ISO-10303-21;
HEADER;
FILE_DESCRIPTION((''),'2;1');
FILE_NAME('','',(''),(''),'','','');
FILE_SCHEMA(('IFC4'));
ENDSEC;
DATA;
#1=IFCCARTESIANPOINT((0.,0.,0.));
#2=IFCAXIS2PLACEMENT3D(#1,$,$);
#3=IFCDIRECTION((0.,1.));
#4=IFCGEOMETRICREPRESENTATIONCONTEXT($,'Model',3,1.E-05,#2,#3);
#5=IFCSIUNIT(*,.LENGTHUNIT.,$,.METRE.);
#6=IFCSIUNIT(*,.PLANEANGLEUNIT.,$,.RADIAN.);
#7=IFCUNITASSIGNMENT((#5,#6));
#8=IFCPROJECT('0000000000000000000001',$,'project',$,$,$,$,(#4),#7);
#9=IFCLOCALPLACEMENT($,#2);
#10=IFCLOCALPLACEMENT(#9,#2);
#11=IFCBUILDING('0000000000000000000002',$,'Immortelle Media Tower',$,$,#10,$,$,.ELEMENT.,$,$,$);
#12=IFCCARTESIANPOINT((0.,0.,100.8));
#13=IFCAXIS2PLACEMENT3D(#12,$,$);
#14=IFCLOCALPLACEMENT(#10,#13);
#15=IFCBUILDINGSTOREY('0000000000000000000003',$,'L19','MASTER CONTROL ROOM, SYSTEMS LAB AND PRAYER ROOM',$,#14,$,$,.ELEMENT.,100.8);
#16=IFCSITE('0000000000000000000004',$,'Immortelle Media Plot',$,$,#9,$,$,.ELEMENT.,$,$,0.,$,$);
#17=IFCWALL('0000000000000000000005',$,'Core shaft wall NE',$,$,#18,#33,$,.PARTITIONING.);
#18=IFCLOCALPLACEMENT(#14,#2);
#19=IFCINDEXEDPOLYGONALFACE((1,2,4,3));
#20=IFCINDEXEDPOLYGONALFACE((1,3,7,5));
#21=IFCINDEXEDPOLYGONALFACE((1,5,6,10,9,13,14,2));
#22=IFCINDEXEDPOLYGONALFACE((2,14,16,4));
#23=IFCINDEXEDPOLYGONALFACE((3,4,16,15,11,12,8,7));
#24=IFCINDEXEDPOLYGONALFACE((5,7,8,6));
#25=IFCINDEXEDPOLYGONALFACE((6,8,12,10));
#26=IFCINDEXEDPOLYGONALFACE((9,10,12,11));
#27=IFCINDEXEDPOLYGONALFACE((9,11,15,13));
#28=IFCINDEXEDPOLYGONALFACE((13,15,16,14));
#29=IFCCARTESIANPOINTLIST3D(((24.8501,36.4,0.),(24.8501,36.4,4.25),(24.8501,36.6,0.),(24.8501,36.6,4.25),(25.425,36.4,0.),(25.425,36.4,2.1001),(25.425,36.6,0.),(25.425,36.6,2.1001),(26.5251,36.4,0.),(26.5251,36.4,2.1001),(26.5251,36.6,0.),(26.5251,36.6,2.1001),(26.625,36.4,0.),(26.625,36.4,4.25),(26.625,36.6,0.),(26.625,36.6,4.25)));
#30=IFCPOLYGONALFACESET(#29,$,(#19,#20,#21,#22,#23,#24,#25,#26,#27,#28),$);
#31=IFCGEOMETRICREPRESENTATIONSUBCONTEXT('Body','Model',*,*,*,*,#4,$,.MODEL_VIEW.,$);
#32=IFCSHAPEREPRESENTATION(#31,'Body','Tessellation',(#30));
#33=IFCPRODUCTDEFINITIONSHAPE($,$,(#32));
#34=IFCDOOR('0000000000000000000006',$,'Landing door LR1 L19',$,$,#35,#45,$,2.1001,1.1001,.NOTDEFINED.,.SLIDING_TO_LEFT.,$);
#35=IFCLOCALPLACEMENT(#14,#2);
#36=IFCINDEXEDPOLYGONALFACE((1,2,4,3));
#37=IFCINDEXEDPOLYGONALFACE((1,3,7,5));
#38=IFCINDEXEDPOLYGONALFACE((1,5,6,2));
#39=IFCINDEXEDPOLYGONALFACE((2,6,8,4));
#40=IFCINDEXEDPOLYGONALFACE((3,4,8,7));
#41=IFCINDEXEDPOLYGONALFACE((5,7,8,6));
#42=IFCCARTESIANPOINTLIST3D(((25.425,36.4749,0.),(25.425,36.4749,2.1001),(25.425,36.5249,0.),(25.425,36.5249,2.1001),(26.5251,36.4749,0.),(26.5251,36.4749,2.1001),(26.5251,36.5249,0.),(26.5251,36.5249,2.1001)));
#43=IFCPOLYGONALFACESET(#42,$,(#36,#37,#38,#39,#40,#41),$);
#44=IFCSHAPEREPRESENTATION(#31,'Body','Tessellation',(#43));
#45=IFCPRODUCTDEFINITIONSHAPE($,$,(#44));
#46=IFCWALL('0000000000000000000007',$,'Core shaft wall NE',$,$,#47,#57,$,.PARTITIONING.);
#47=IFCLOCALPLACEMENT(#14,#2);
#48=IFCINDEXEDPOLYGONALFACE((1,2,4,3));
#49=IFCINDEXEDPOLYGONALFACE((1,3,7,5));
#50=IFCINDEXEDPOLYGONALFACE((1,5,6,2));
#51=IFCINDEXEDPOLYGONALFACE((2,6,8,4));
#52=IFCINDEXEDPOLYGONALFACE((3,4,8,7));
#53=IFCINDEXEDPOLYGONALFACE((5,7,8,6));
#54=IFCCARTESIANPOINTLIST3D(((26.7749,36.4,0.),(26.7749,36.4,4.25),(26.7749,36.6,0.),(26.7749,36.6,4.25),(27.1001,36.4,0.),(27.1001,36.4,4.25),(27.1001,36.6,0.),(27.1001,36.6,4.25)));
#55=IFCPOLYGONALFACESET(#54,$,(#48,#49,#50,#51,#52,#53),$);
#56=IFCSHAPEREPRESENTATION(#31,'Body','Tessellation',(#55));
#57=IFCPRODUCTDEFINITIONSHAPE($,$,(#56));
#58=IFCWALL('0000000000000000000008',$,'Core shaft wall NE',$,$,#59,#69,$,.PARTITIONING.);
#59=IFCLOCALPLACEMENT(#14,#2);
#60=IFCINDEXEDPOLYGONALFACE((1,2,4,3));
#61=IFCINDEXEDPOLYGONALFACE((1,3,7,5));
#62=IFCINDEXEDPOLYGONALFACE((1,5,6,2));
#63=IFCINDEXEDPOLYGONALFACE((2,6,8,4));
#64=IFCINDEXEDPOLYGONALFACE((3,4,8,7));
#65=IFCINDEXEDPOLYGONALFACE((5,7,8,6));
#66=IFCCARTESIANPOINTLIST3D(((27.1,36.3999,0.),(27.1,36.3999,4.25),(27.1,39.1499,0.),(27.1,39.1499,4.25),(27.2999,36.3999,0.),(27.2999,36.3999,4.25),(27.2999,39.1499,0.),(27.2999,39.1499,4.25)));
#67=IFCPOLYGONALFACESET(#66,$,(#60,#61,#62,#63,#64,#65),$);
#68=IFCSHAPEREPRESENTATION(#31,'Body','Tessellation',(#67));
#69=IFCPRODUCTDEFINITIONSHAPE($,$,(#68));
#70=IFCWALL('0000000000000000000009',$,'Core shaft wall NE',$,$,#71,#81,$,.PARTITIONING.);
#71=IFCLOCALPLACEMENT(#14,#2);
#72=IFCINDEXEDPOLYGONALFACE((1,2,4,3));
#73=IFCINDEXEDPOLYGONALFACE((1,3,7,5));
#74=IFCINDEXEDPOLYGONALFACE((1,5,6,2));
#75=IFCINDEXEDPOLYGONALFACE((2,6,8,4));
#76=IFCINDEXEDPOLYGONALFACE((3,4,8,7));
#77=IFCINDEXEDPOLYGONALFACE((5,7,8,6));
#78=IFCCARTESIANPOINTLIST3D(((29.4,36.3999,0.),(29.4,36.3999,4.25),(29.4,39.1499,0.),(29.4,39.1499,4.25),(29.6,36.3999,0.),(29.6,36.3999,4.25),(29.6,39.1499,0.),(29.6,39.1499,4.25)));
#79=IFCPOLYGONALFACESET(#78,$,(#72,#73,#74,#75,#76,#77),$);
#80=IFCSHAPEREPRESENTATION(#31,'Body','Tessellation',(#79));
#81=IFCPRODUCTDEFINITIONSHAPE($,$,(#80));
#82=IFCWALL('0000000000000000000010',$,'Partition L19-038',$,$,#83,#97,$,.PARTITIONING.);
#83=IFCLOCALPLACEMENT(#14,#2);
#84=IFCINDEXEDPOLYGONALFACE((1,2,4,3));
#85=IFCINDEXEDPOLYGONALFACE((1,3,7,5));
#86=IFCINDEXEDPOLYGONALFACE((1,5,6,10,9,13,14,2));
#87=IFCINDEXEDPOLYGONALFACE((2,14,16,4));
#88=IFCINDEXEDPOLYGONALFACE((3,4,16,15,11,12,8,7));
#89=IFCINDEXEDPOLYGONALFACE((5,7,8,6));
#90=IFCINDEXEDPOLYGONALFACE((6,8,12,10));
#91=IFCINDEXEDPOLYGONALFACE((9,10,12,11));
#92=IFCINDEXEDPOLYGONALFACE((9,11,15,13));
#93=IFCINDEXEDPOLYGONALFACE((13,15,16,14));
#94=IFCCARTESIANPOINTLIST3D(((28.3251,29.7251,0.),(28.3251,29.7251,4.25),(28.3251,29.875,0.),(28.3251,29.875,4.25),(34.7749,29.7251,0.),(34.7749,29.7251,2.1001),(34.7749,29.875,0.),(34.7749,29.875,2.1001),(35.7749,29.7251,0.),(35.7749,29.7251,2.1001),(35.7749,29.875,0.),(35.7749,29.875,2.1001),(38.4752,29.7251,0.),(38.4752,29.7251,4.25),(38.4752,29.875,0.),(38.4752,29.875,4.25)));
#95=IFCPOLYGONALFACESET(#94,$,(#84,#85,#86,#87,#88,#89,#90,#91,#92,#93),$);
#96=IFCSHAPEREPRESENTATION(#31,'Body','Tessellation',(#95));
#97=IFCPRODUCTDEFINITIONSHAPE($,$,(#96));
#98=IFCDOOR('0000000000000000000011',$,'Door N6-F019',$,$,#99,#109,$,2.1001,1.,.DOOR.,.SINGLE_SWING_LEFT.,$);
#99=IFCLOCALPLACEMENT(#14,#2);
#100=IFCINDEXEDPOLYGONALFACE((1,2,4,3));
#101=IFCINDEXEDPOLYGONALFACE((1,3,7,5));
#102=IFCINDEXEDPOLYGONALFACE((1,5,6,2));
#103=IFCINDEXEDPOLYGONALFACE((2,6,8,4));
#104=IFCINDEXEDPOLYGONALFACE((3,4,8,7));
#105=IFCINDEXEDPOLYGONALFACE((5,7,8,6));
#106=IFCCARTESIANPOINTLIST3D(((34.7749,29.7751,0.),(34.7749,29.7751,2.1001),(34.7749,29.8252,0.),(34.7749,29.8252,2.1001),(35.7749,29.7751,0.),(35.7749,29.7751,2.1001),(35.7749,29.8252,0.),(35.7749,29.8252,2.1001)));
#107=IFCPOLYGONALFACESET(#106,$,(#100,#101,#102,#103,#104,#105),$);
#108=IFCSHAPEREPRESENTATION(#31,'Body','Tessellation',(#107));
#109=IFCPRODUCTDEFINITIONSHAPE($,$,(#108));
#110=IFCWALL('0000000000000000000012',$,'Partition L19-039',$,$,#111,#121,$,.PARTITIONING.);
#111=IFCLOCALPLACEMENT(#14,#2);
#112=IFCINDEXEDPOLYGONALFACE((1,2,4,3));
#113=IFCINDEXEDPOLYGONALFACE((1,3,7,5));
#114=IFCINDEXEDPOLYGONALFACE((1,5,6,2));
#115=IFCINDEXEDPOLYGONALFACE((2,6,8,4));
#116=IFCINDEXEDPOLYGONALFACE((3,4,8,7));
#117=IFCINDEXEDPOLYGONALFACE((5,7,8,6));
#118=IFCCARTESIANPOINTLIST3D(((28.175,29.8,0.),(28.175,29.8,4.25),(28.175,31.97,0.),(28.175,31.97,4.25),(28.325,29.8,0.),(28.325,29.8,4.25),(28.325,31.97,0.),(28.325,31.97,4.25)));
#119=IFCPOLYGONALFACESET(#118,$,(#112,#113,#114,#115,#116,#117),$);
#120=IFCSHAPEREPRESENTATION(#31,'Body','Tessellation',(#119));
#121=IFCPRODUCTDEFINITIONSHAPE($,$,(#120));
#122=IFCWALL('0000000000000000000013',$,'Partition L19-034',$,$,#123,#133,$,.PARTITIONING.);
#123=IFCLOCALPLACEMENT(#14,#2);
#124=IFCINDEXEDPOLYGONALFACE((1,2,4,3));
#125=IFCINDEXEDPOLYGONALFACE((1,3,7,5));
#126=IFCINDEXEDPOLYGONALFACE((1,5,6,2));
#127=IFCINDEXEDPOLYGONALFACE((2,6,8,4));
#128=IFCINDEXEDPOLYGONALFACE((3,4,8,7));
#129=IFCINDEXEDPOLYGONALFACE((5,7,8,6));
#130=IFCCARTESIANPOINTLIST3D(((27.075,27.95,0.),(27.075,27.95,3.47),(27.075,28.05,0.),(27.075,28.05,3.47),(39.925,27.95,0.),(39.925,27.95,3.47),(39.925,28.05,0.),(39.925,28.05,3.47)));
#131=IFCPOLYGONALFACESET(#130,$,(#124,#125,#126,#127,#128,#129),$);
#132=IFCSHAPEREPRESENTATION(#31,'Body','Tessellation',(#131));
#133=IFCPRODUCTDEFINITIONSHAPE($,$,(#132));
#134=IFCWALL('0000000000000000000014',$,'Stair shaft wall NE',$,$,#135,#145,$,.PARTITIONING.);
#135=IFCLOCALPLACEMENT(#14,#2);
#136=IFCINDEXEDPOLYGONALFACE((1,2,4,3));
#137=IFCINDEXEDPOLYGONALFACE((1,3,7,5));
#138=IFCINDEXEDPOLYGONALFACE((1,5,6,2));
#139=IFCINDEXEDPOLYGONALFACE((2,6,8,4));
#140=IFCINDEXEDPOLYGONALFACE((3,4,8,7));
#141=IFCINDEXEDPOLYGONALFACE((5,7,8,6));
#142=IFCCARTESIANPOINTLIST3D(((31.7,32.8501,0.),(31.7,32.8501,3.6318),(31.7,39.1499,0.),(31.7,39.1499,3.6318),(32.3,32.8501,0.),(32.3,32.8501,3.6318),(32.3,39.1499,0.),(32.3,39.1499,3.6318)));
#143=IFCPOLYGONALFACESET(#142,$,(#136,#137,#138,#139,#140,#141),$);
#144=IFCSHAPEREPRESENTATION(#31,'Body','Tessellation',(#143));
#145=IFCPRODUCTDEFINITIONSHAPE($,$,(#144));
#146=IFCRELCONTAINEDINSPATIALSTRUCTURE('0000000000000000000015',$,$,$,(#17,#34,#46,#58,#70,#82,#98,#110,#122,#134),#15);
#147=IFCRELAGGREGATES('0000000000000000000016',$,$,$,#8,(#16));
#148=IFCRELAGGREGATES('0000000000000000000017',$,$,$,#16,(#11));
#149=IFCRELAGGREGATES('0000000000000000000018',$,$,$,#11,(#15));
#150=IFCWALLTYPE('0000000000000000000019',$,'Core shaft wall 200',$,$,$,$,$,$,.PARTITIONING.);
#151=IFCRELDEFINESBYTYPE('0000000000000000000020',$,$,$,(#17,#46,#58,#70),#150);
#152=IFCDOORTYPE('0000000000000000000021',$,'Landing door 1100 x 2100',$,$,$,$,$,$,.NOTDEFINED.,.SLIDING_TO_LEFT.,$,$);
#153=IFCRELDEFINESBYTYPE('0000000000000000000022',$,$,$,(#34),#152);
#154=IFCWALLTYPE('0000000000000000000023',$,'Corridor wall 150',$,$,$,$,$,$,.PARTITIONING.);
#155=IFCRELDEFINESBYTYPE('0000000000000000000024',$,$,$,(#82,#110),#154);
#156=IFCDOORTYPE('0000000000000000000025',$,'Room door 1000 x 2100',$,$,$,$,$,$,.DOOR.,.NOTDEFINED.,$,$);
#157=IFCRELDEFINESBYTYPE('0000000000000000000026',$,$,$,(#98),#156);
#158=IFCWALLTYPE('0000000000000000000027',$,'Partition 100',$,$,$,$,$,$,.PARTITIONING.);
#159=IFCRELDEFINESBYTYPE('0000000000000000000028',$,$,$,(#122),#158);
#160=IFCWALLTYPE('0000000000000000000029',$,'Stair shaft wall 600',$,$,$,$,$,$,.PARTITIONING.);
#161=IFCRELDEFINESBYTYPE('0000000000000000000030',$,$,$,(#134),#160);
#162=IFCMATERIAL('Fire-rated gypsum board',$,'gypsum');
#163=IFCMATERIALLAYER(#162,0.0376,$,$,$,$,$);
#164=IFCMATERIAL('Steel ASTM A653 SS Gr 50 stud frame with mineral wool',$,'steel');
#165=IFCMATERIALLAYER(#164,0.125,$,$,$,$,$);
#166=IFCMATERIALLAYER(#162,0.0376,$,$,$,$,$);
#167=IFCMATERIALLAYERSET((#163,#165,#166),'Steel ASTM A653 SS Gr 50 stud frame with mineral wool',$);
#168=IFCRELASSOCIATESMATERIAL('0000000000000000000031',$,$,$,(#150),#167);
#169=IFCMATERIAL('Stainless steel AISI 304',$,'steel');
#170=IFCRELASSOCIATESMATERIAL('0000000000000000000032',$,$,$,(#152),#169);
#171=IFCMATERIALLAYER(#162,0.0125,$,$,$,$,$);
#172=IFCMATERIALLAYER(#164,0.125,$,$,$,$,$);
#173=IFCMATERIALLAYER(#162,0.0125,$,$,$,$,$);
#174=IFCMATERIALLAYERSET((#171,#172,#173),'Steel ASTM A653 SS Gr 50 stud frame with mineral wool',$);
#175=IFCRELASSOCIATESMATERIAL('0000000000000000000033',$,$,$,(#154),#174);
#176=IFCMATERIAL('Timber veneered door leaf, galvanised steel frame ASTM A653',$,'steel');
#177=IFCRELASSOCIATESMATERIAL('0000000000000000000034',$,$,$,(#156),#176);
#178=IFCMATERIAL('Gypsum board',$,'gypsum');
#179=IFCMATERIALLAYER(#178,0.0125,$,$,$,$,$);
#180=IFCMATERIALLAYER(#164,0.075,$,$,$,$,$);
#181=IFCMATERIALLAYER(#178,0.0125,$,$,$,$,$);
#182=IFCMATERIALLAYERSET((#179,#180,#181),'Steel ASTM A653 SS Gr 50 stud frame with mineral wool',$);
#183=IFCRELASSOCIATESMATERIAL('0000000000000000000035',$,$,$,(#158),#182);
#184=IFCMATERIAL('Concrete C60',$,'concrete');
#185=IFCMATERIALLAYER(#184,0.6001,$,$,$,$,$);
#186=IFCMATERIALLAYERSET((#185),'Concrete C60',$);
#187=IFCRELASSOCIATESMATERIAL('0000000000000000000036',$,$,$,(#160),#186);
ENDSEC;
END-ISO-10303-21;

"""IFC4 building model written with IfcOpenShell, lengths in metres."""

from ifc_helpers import new_model, si_unit, direction, frame, frame_2d, origin, place, context, subcontext, project, spatial, rectangle, extrude, material, layer, layer_set, type_object, element, fill, save


model = new_model("IFC4")

# Units and contexts
model_context = context("Model", 3, precision=1e-05, world=origin(), true_north=direction((0.0, 1.0)))
body_context = subcontext(model_context, "Body", "Model", "MODEL_VIEW")
ifc_project = project(units=[si_unit("LENGTHUNIT", "METRE"), si_unit("PLANEANGLEUNIT", "RADIAN")], contexts=[model_context])

# Site, building, storey
site_placement = place(None, origin())
site = spatial("IfcSite", under=ifc_project, at=site_placement, Name="Immortelle Media Plot", CompositionType="ELEMENT", RefElevation=0.0)
building_placement = place(site_placement, origin())
building = spatial("IfcBuilding", under=site, at=building_placement, Name="Immortelle Media Tower", CompositionType="ELEMENT")
storey_placement = place(building_placement, frame((0.0, 0.0, 100.8)))
storey = spatial("IfcBuildingStorey", under=building, at=storey_placement, Name="L19", Description="MASTER CONTROL ROOM, SYSTEMS LAB AND PRAYER ROOM", CompositionType="ELEMENT", Elevation=100.8)

# Shared definitions
ifc_material_1 = material(Name="Fire-rated gypsum board", Category="gypsum")
ifc_material_2 = material(Name="Steel ASTM A653 SS Gr 50 stud frame with mineral wool", Category="steel")

# Wall, opening, door
ifc_layer_1 = layer(ifc_material_1, 0.0376)
ifc_layer_2 = layer(ifc_material_2, 0.125)
ifc_layer_3 = layer(ifc_material_1, 0.0376)
ifc_layer_set_1 = layer_set([ifc_layer_1, ifc_layer_2, ifc_layer_3], Name="Steel ASTM A653 SS Gr 50 stud frame with mineral wool")
wall_type_1 = type_object("IfcWallType", Name="Core shaft wall 200", PredefinedType="PARTITIONING", material=ifc_layer_set_1)
wall_1_placement = place(storey_placement, frame((24.8501, 36.5, 0.0), z_axis=(0.0, 0.0, 1.0), x_axis=(1.0, 0.0, 0.0)))
wall_1 = element("IfcWall", 1, at=wall_1_placement, inside=storey, type_object=wall_type_1, Name="Core shaft wall NE", PredefinedType="PARTITIONING", context=body_context, shape_type="SweptSolid", body=[
    extrude(rectangle(XDim=1.7749, YDim=0.2, at=frame_2d((0.8875, 0.0))), origin(), (0.0, 0.0, 1.0), 4.25),
])
opening_1_placement = place(wall_1_placement, frame((0.575, 0.0, 0.0)))
opening_1 = element("IfcOpeningElement", 2, at=opening_1_placement, cuts=wall_1, PredefinedType="OPENING", context=body_context, shape_type="SweptSolid", body=[
    extrude(rectangle(XDim=1.1001, YDim=2.1001, at=frame_2d((0.55, 1.05))), frame((0.0, 0.1099, 0.0), z_axis=(0.0, -1.0, 0.0), x_axis=(1.0, 0.0, 0.0)), (0.0, 0.0, 1.0), 0.22),
])
ifc_material_3 = material(Name="Stainless steel AISI 304", Category="steel")
door_type_1 = type_object("IfcDoorType", Name="Landing door 1100 x 2100", OperationType="SLIDING_TO_LEFT", PredefinedType="NOTDEFINED", material=ifc_material_3)
door_1_placement = place(opening_1_placement, origin())
door_1 = element("IfcDoor", 3, at=door_1_placement, inside=storey, type_object=door_type_1, Name="Landing door LR1 L19", OperationType="SLIDING_TO_LEFT", OverallHeight=2.1001, OverallWidth=1.1001, PredefinedType="NOTDEFINED", context=body_context, shape_type="SweptSolid", body=[
    extrude(rectangle(XDim=1.1001, YDim=2.1001, at=frame_2d((0.55, 1.05))), frame((0.0, 0.0249, 0.0), z_axis=(0.0, -1.0, 0.0), x_axis=(1.0, 0.0, 0.0)), (0.0, 0.0, 1.0), 0.05),
])
fill(opening_1, door_1)

# Walls
wall_2_placement = place(storey_placement, frame((26.7749, 36.5, 0.0), z_axis=(0.0, 0.0, 1.0), x_axis=(1.0, 0.0, 0.0)))
element("IfcWall", 4, at=wall_2_placement, inside=storey, type_object=wall_type_1, Name="Core shaft wall NE", PredefinedType="PARTITIONING", context=body_context, shape_type="SweptSolid", body=[
    extrude(rectangle(XDim=0.3252, YDim=0.2, at=frame_2d((0.1626, 0.0))), origin(), (0.0, 0.0, 1.0), 4.25),
])
for number, where, z_axis, x_axis, name in (
    (5, (27.2, 36.3999, 0.0), (0.0, 0.0, 1.0), (0.0, 1.0, 0.0), "Core shaft wall NE"),
    (6, (29.5, 36.3999, 0.0), (0.0, 0.0, 1.0), (0.0, 1.0, 0.0), "Core shaft wall NE"),
):
    element("IfcWall", number, at=place(storey_placement, frame(where, z_axis=z_axis, x_axis=x_axis)), inside=storey, type_object=wall_type_1, Name=name, PredefinedType="PARTITIONING", context=body_context, shape_type="SweptSolid", body=[
        extrude(rectangle(XDim=2.75, YDim=0.2, at=frame_2d((1.375, 0.0))), origin(), (0.0, 0.0, 1.0), 4.25),
    ])

# Wall, opening, door
ifc_layer_4 = layer(ifc_material_1, 0.0125)
ifc_layer_5 = layer(ifc_material_2, 0.125)
ifc_layer_6 = layer(ifc_material_1, 0.0125)
ifc_layer_set_2 = layer_set([ifc_layer_4, ifc_layer_5, ifc_layer_6], Name="Steel ASTM A653 SS Gr 50 stud frame with mineral wool")
wall_type_2 = type_object("IfcWallType", Name="Corridor wall 150", PredefinedType="PARTITIONING", material=ifc_layer_set_2)
wall_3_placement = place(storey_placement, frame((28.325, 29.8, 0.0), z_axis=(0.0, 0.0, 1.0), x_axis=(1.0, 0.0, 0.0)))
wall_3 = element("IfcWall", 7, at=wall_3_placement, inside=storey, type_object=wall_type_2, Name="Partition L19-038", PredefinedType="PARTITIONING", context=body_context, shape_type="SweptSolid", body=[
    extrude(rectangle(XDim=10.1501, YDim=0.1499, at=frame_2d((5.0752, 0.0))), origin(), (0.0, 0.0, 1.0), 4.25),
])
opening_2_placement = place(wall_3_placement, frame((7.45, 0.0, 0.0), z_axis=(0.0, 0.0, 1.0), x_axis=(-1.0, 0.0, 0.0)))
opening_2 = element("IfcOpeningElement", 8, at=opening_2_placement, cuts=wall_3, PredefinedType="OPENING", context=body_context, shape_type="SweptSolid", body=[
    extrude(rectangle(XDim=1.0, YDim=2.1001, at=frame_2d((0.5, 1.05))), frame((0.0, 0.085, 0.0), z_axis=(0.0, -1.0, 0.0), x_axis=(1.0, 0.0, 0.0)), (0.0, 0.0, 1.0), 0.1699),
])
ifc_material_4 = material(Name="Timber veneered door leaf, galvanised steel frame ASTM A653", Category="steel")
door_type_2 = type_object("IfcDoorType", Name="Room door 1000 x 2100", OperationType="NOTDEFINED", PredefinedType="DOOR", material=ifc_material_4)
door_2_placement = place(opening_2_placement, origin())
door_2 = element("IfcDoor", 9, at=door_2_placement, inside=storey, type_object=door_type_2, Name="Door N6-F019", OperationType="SINGLE_SWING_LEFT", OverallHeight=2.1001, OverallWidth=1.0, PredefinedType="DOOR", context=body_context, shape_type="SweptSolid", body=[
    extrude(rectangle(XDim=1.0, YDim=2.1001, at=frame_2d((0.5, 1.05))), frame((0.0, 0.0249, 0.0), z_axis=(0.0, -1.0, 0.0), x_axis=(1.0, 0.0, 0.0)), (0.0, 0.0, 1.0), 0.05),
])
fill(opening_2, door_2)

# Walls
wall_4_placement = place(storey_placement, frame((28.25, 29.8, 0.0), z_axis=(0.0, 0.0, 1.0), x_axis=(0.0, 1.0, 0.0)))
element("IfcWall", 10, at=wall_4_placement, inside=storey, type_object=wall_type_2, Name="Partition L19-039", PredefinedType="PARTITIONING", context=body_context, shape_type="SweptSolid", body=[
    extrude(rectangle(XDim=2.1699, YDim=0.1499, at=frame_2d((1.085, 0.0))), origin(), (0.0, 0.0, 1.0), 4.25),
])
ifc_material_5 = material(Name="Gypsum board", Category="gypsum")
ifc_layer_7 = layer(ifc_material_5, 0.0125)
ifc_layer_8 = layer(ifc_material_2, 0.075)
ifc_layer_9 = layer(ifc_material_5, 0.0125)
ifc_layer_set_3 = layer_set([ifc_layer_7, ifc_layer_8, ifc_layer_9], Name="Steel ASTM A653 SS Gr 50 stud frame with mineral wool")
wall_type_3 = type_object("IfcWallType", Name="Partition 100", PredefinedType="PARTITIONING", material=ifc_layer_set_3)
wall_5_placement = place(storey_placement, frame((27.075, 28.0, 0.0), z_axis=(0.0, 0.0, 1.0), x_axis=(1.0, 0.0, 0.0)))
element("IfcWall", 11, at=wall_5_placement, inside=storey, type_object=wall_type_3, Name="Partition L19-034", PredefinedType="PARTITIONING", context=body_context, shape_type="SweptSolid", body=[
    extrude(rectangle(XDim=12.8501, YDim=0.1001, at=frame_2d((6.425, 0.0))), origin(), (0.0, 0.0, 1.0), 3.47),
])
ifc_material_6 = material(Name="Concrete C60", Category="concrete")
ifc_layer_10 = layer(ifc_material_6, 0.6001)
ifc_layer_set_4 = layer_set([ifc_layer_10], Name="Concrete C60")
wall_type_4 = type_object("IfcWallType", Name="Stair shaft wall 600", PredefinedType="PARTITIONING", material=ifc_layer_set_4)
wall_6_placement = place(storey_placement, frame((32.0, 32.8501, 0.0), z_axis=(0.0, 0.0, 1.0), x_axis=(0.0, 1.0, 0.0)))
element("IfcWall", 12, at=wall_6_placement, inside=storey, type_object=wall_type_4, Name="Stair shaft wall NE", PredefinedType="PARTITIONING", context=body_context, shape_type="SweptSolid", body=[
    extrude(rectangle(XDim=6.2998, YDim=0.6001, at=frame_2d((3.1499, 0.0))), origin(), (0.0, 0.0, 1.0), 3.6318),
])

save(model, "model.ifc")
